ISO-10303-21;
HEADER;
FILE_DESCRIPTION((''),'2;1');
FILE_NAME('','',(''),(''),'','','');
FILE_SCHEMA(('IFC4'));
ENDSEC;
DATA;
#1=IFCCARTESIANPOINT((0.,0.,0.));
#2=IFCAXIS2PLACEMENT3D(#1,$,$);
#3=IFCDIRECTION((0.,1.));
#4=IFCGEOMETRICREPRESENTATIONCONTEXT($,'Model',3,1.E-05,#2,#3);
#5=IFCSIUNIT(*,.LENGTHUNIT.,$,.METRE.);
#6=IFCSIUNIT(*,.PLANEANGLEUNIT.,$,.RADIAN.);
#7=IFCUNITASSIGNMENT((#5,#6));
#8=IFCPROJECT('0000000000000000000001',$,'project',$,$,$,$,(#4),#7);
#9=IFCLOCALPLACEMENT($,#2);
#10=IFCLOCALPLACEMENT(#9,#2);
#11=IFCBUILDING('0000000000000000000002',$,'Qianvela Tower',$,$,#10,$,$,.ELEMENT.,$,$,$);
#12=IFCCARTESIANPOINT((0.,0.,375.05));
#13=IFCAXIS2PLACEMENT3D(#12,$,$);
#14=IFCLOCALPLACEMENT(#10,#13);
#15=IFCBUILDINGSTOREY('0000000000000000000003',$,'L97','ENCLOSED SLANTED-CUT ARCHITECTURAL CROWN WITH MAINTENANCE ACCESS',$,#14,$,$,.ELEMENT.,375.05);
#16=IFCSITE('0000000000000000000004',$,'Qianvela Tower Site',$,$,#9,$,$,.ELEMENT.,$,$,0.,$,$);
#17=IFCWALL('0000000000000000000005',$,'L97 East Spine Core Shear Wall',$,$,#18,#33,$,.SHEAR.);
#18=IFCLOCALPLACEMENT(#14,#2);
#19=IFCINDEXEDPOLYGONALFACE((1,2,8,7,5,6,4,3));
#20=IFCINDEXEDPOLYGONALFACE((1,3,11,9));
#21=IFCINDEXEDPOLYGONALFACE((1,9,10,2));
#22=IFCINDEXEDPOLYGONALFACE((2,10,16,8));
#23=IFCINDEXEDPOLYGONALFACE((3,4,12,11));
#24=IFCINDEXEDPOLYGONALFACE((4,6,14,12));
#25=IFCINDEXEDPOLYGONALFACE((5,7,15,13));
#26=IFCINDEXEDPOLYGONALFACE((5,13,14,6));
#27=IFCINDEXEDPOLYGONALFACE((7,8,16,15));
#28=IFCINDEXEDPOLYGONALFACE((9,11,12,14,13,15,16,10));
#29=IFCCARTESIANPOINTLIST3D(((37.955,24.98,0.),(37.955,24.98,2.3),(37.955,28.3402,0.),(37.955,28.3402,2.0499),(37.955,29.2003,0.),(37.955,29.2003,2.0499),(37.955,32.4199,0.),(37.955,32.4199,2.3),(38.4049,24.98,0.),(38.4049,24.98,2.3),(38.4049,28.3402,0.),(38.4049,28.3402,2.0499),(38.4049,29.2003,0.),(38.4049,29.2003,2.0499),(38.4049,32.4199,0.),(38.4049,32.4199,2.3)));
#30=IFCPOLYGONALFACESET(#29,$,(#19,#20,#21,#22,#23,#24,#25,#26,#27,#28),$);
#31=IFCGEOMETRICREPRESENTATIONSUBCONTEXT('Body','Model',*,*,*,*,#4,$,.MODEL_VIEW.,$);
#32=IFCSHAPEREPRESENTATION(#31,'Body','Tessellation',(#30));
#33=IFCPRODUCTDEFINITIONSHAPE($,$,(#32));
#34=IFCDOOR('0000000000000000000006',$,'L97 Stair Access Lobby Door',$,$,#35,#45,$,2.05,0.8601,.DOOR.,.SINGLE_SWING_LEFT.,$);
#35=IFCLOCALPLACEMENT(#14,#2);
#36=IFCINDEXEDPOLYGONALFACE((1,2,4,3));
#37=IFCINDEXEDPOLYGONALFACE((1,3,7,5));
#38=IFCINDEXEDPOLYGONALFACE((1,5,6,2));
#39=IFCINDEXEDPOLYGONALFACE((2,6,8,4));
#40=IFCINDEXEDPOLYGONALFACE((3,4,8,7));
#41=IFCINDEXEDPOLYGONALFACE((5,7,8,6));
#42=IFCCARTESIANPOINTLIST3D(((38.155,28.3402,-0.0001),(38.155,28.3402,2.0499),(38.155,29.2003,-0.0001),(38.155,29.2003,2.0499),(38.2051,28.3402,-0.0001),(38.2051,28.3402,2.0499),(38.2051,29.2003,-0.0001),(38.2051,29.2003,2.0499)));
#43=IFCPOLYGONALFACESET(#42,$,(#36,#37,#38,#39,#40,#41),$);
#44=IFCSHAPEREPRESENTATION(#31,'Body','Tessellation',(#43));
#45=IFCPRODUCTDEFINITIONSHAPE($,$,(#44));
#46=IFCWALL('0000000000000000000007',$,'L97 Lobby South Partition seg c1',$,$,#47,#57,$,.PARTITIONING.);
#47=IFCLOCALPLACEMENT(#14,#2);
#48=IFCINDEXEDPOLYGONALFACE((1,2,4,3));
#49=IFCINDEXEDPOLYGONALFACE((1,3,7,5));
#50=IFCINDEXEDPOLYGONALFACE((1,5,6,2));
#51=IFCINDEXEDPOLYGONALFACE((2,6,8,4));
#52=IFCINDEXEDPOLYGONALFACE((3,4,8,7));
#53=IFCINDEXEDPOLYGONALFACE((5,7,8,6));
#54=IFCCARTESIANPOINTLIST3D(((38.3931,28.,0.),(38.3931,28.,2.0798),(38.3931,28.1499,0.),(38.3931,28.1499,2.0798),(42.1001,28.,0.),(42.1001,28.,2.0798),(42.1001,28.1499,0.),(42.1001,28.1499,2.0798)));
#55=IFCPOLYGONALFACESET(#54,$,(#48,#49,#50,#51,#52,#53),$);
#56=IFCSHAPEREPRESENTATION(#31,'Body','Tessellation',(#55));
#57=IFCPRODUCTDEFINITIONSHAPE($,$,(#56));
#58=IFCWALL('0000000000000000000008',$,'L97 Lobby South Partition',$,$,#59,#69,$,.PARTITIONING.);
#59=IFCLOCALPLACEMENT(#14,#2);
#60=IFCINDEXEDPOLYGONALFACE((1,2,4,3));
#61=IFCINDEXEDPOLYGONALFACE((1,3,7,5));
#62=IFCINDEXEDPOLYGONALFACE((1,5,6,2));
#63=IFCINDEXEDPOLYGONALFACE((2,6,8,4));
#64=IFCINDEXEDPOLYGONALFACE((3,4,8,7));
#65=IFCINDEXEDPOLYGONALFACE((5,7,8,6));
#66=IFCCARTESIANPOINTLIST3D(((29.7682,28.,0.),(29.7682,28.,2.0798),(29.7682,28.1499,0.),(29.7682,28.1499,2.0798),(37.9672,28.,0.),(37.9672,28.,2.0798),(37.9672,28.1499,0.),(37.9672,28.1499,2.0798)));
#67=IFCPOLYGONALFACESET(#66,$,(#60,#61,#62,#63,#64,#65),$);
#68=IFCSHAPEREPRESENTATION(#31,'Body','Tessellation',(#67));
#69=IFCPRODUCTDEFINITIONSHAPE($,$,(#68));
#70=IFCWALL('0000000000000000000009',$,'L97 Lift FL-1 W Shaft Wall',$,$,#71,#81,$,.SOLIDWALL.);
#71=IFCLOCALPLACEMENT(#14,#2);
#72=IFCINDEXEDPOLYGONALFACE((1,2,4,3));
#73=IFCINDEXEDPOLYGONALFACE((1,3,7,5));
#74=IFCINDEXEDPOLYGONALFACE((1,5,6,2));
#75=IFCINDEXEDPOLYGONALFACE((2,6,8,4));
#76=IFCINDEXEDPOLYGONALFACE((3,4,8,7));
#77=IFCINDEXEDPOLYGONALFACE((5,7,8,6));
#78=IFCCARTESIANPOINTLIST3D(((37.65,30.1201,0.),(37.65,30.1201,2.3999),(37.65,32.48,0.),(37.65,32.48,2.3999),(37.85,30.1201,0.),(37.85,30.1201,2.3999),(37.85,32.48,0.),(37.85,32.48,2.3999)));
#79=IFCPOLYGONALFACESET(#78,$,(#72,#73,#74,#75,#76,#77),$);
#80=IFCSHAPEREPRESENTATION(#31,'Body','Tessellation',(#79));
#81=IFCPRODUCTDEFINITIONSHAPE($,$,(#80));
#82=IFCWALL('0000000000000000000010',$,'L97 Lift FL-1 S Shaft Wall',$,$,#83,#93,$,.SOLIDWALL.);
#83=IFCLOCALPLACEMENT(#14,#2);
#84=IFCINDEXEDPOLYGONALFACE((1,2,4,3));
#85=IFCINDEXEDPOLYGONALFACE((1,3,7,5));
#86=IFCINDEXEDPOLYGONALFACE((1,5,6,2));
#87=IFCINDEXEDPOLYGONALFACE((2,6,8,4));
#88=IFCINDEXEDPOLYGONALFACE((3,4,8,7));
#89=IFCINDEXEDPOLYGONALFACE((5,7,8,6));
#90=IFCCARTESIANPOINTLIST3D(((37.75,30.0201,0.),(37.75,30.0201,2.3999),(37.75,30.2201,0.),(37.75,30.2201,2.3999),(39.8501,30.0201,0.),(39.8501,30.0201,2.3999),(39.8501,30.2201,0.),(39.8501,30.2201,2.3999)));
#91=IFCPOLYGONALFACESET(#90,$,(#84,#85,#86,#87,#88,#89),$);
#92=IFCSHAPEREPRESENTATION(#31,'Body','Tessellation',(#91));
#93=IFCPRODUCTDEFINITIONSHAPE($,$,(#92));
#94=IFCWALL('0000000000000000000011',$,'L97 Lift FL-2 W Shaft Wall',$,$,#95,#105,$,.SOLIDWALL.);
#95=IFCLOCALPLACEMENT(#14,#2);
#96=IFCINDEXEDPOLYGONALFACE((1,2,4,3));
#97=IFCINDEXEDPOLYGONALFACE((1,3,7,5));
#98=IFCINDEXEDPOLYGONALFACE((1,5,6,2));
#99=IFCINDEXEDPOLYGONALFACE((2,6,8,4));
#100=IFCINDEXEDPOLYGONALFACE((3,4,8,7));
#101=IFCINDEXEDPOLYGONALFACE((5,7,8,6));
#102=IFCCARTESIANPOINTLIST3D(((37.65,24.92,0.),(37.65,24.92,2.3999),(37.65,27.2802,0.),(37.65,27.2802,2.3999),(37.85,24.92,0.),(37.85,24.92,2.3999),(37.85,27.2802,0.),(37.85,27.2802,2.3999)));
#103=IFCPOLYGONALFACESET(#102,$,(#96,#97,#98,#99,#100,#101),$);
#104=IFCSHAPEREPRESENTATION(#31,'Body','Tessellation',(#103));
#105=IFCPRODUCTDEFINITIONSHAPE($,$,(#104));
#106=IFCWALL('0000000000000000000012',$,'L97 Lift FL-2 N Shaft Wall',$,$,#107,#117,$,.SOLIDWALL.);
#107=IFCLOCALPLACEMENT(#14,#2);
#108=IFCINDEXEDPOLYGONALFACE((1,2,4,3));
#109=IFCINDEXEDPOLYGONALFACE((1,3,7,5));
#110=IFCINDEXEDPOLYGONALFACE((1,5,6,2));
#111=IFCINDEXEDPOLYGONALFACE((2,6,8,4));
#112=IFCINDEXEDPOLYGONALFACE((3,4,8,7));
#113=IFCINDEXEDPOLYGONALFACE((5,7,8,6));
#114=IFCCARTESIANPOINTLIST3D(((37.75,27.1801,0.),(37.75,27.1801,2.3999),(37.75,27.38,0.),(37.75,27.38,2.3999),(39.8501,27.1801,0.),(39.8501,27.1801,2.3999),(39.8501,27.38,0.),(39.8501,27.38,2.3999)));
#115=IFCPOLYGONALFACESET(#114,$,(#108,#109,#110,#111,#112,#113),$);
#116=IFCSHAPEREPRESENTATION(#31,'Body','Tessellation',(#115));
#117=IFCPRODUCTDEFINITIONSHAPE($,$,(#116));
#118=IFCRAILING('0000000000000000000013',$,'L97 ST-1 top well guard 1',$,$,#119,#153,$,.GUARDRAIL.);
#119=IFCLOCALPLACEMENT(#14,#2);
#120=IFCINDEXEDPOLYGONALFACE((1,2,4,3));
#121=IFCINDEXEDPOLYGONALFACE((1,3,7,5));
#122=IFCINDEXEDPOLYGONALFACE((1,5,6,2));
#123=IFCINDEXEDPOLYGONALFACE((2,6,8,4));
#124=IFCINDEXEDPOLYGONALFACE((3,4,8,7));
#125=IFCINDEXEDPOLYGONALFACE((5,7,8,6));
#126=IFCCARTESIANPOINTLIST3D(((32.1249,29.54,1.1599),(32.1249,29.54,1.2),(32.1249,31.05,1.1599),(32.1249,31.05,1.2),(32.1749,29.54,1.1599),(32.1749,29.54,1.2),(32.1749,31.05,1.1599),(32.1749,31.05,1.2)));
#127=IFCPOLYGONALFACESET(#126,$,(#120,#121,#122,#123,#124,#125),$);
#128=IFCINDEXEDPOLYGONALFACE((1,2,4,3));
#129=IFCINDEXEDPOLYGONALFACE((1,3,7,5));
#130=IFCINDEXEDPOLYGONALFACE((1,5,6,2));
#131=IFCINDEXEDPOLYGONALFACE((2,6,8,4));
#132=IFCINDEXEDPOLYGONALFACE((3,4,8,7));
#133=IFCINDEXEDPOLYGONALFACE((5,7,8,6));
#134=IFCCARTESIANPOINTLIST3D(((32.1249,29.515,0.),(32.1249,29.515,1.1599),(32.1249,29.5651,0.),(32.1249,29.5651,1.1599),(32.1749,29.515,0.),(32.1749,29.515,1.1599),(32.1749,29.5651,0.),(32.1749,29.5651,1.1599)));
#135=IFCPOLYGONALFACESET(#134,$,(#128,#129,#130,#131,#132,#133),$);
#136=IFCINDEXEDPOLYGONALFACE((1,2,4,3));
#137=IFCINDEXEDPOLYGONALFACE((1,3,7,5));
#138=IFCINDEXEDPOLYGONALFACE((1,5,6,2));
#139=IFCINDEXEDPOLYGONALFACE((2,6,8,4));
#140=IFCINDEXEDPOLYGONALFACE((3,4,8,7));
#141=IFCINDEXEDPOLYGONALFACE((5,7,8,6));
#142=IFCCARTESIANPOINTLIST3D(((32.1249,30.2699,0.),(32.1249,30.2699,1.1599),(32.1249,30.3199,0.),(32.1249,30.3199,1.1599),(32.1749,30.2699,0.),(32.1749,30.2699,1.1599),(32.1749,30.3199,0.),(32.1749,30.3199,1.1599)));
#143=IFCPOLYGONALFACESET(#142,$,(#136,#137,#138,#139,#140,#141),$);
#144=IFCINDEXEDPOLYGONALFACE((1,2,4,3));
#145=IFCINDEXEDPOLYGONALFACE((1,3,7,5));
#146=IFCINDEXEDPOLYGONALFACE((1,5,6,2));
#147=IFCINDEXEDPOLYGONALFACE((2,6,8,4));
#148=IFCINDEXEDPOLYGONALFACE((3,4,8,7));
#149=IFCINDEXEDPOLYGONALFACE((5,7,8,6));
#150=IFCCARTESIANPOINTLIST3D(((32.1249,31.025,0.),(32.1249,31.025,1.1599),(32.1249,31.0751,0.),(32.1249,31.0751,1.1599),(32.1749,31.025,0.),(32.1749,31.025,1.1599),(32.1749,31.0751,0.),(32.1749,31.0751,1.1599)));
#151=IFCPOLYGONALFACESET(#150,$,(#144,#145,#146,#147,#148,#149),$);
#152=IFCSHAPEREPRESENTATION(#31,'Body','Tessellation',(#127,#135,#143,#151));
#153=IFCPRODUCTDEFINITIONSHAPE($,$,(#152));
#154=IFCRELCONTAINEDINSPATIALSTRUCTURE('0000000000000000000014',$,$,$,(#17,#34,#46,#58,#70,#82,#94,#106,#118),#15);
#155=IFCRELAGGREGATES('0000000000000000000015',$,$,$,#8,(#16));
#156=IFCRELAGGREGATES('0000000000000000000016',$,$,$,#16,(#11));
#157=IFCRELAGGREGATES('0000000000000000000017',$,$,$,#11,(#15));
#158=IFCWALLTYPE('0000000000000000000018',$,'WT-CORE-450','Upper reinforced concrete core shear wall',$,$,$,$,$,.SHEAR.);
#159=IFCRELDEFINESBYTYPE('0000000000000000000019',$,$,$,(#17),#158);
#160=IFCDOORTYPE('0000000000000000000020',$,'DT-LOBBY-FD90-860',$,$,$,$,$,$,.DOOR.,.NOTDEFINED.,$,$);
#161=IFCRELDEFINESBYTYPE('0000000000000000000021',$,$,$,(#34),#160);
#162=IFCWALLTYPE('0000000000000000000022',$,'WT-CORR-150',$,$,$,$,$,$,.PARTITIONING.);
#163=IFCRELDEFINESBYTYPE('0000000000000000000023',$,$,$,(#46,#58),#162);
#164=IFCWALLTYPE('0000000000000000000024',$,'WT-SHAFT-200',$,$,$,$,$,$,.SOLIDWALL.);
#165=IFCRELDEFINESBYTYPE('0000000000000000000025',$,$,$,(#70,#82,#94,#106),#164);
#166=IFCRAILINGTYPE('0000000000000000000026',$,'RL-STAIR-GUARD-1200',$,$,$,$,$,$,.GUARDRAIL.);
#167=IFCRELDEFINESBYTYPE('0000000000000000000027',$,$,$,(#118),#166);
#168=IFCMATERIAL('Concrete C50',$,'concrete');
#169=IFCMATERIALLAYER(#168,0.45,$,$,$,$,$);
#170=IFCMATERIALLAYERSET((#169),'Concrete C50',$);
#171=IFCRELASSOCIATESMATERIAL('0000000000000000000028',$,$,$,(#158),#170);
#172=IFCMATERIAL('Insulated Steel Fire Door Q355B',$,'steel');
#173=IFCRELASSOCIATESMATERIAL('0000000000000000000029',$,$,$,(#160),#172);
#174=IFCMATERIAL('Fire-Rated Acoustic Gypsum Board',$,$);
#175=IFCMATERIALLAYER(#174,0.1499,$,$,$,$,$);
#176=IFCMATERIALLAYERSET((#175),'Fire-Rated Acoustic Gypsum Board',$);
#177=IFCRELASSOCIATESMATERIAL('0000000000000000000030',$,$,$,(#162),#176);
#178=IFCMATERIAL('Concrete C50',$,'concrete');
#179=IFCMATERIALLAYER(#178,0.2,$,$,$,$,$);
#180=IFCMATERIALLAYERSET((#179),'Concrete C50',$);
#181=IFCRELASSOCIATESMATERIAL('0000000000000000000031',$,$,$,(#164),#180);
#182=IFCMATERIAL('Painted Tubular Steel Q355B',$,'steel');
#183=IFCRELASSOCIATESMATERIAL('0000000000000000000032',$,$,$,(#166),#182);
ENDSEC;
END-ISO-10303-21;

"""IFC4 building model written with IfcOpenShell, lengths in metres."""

from ifc_helpers import new_model, si_unit, direction, frame, frame_2d, origin, origin_2d, place, context, subcontext, project, spatial, rectangle, extrude, material, layer, layer_set, type_object, element, fill, save


model = new_model("IFC4")

# Units and contexts
model_context = context("Model", 3, precision=1e-05, world=origin(), true_north=direction((0.0, 1.0)))
body_context = subcontext(model_context, "Body", "Model", "MODEL_VIEW")
ifc_project = project(units=[si_unit("LENGTHUNIT", "METRE"), si_unit("PLANEANGLEUNIT", "RADIAN")], contexts=[model_context])

# Site, building, storey
site_placement = place(None, origin())
site = spatial("IfcSite", under=ifc_project, at=site_placement, Name="Qianvela Tower Site", CompositionType="ELEMENT", RefElevation=0.0)
building_placement = place(site_placement, origin())
building = spatial("IfcBuilding", under=site, at=building_placement, Name="Qianvela Tower", CompositionType="ELEMENT")
storey_placement = place(building_placement, frame((0.0, 0.0, 375.05)))
storey = spatial("IfcBuildingStorey", under=building, at=storey_placement, Name="L97", Description="ENCLOSED SLANTED-CUT ARCHITECTURAL CROWN WITH MAINTENANCE ACCESS", CompositionType="ELEMENT", Elevation=375.05)

# Shared definitions
ifc_material_1 = material(Name="Concrete C50", Category="concrete")
ifc_layer_1 = layer(ifc_material_1, 0.45)
ifc_layer_set_1 = layer_set([ifc_layer_1], Name="Concrete C50")
wall_type_1 = type_object("IfcWallType", Name="WT-CORE-450", Description="Upper reinforced concrete core shear wall", PredefinedType="SHEAR", material=ifc_layer_set_1)

# Wall, opening, door
wall_1_placement = place(storey_placement, frame((38.1799, 24.98, 0.0), z_axis=(0.0, 0.0, 1.0), x_axis=(0.0, 1.0, 0.0)))
wall_1 = element("IfcWall", 1, at=wall_1_placement, inside=storey, type_object=wall_type_1, Name="L97 East Spine Core Shear Wall", PredefinedType="SHEAR", context=body_context, shape_type="SweptSolid", body=[
    extrude(rectangle(XDim=7.4399, YDim=0.45, at=frame_2d((3.72, 0.0))), origin(), (0.0, 0.0, 1.0), 2.3),
])
opening_1_placement = place(wall_1_placement, frame((3.3601, 0.0, 0.0)))
opening_1 = element("IfcOpeningElement", 2, at=opening_1_placement, cuts=wall_1, PredefinedType="OPENING", context=body_context, shape_type="SweptSolid", body=[
    extrude(rectangle(XDim=0.8601, YDim=2.05, at=frame_2d((0.4302, 1.0249))), frame((0.0, 0.2349, 0.0), z_axis=(0.0, -1.0, 0.0), x_axis=(1.0, 0.0, 0.0)), (0.0, 0.0, 1.0), 0.47),
])
ifc_material_2 = material(Name="Insulated Steel Fire Door Q355B", Category="steel")
door_type_1 = type_object("IfcDoorType", Name="DT-LOBBY-FD90-860", OperationType="NOTDEFINED", PredefinedType="DOOR", material=ifc_material_2)
door_1_placement = place(opening_1_placement, origin())
door_1 = element("IfcDoor", 3, at=door_1_placement, inside=storey, type_object=door_type_1, Name="L97 Stair Access Lobby Door", OperationType="SINGLE_SWING_LEFT", OverallHeight=2.05, OverallWidth=0.8601, PredefinedType="DOOR", context=body_context, shape_type="SweptSolid", body=[
    extrude(rectangle(XDim=0.8601, YDim=2.05, at=frame_2d((0.4302, 1.0249))), frame((0.0, 0.0249, 0.0), z_axis=(0.0, -1.0, 0.0), x_axis=(1.0, 0.0, 0.0)), (0.0, 0.0, 1.0), 0.05),
])
fill(opening_1, door_1)

# Walls
ifc_material_3 = material(Name="Fire-Rated Acoustic Gypsum Board")
ifc_layer_2 = layer(ifc_material_3, 0.1499)
ifc_layer_set_2 = layer_set([ifc_layer_2], Name="Fire-Rated Acoustic Gypsum Board")
wall_type_2 = type_object("IfcWallType", Name="WT-CORR-150", PredefinedType="PARTITIONING", material=ifc_layer_set_2)
wall_2_placement = place(storey_placement, frame((38.3931, 28.075, 0.0), z_axis=(0.0, 0.0, 1.0), x_axis=(1.0, 0.0, 0.0)))
element("IfcWall", 4, at=wall_2_placement, inside=storey, type_object=wall_type_2, Name="L97 Lobby South Partition seg c1", PredefinedType="PARTITIONING", context=body_context, shape_type="SweptSolid", body=[
    extrude(rectangle(XDim=3.707, YDim=0.1499, at=frame_2d((1.8535, 0.0))), origin(), (0.0, 0.0, 1.0), 2.0798),
])
wall_3_placement = place(storey_placement, frame((29.7681, 28.075, 0.0), z_axis=(0.0, 0.0, 1.0), x_axis=(1.0, 0.0, 0.0)))
element("IfcWall", 5, at=wall_3_placement, inside=storey, type_object=wall_type_2, Name="L97 Lobby South Partition", PredefinedType="PARTITIONING", context=body_context, shape_type="SweptSolid", body=[
    extrude(rectangle(XDim=8.199, YDim=0.1499, at=frame_2d((4.0996, 0.0))), origin(), (0.0, 0.0, 1.0), 2.0798),
])

# Shared definitions
ifc_material_4 = material(Name="Concrete C50", Category="concrete")
ifc_layer_3 = layer(ifc_material_4, 0.2)
ifc_layer_set_3 = layer_set([ifc_layer_3], Name="Concrete C50")
wall_type_3 = type_object("IfcWallType", Name="WT-SHAFT-200", PredefinedType="SOLIDWALL", material=ifc_layer_set_3)

# Walls
wall_4_placement = place(storey_placement, frame((37.75, 30.1201, 0.0), z_axis=(0.0, 0.0, 1.0), x_axis=(0.0, 1.0, 0.0)))
element("IfcWall", 6, at=wall_4_placement, inside=storey, type_object=wall_type_3, Name="L97 Lift FL-1 W Shaft Wall", PredefinedType="SOLIDWALL", context=body_context, shape_type="SweptSolid", body=[
    extrude(rectangle(XDim=2.3599, YDim=0.2, at=frame_2d((1.1799, 0.0))), origin(), (0.0, 0.0, 1.0), 2.3999),
])
wall_5_placement = place(storey_placement, frame((37.75, 30.1201, 0.0), z_axis=(0.0, 0.0, 1.0), x_axis=(1.0, 0.0, 0.0)))
element("IfcWall", 7, at=wall_5_placement, inside=storey, type_object=wall_type_3, Name="L97 Lift FL-1 S Shaft Wall", PredefinedType="SOLIDWALL", context=body_context, shape_type="SweptSolid", body=[
    extrude(rectangle(XDim=2.1001, YDim=0.2, at=frame_2d((1.05, 0.0))), origin(), (0.0, 0.0, 1.0), 2.3999),
])
wall_6_placement = place(storey_placement, frame((37.75, 24.9199, 0.0), z_axis=(0.0, 0.0, 1.0), x_axis=(0.0, 1.0, 0.0)))
element("IfcWall", 8, at=wall_6_placement, inside=storey, type_object=wall_type_3, Name="L97 Lift FL-2 W Shaft Wall", PredefinedType="SOLIDWALL", context=body_context, shape_type="SweptSolid", body=[
    extrude(rectangle(XDim=2.3601, YDim=0.2, at=frame_2d((1.1802, 0.0))), origin(), (0.0, 0.0, 1.0), 2.3999),
])
wall_7_placement = place(storey_placement, frame((37.75, 27.28, 0.0), z_axis=(0.0, 0.0, 1.0), x_axis=(1.0, 0.0, 0.0)))
element("IfcWall", 9, at=wall_7_placement, inside=storey, type_object=wall_type_3, Name="L97 Lift FL-2 N Shaft Wall", PredefinedType="SOLIDWALL", context=body_context, shape_type="SweptSolid", body=[
    extrude(rectangle(XDim=2.1001, YDim=0.2, at=frame_2d((1.05, 0.0))), origin(), (0.0, 0.0, 1.0), 2.3999),
])

# Railing
ifc_material_5 = material(Name="Painted Tubular Steel Q355B", Category="steel")
railing_type = type_object("IfcRailingType", Name="RL-STAIR-GUARD-1200", PredefinedType="GUARDRAIL", material=ifc_material_5)
railing_placement = place(storey_placement, frame((32.1499, 29.54, 0.0)))
element("IfcRailing", 10, at=railing_placement, inside=storey, type_object=railing_type, Name="L97 ST-1 top well guard 1", PredefinedType="GUARDRAIL", context=body_context, shape_type="SweptSolid", body=[
    extrude(rectangle(XDim=0.05, YDim=0.04, at=origin_2d()), frame((0.0, 0.0, 1.1799), z_axis=(0.0, 1.0, 0.0), x_axis=(-1.0, 0.0, 0.0)), (0.0, 0.0, 1.0), 1.51),
    extrude(rectangle(XDim=0.05, YDim=0.05, at=origin_2d()), origin(), (0.0, 0.0, 1.0), 1.1599),
    extrude(rectangle(XDim=0.05, YDim=0.05, at=origin_2d()), frame((0.0, 0.7549, 0.0)), (0.0, 0.0, 1.0), 1.1599),
    extrude(rectangle(XDim=0.05, YDim=0.05, at=origin_2d()), frame((0.0, 1.51, 0.0)), (0.0, 0.0, 1.0), 1.1599),
])

save(model, "model.ifc")
